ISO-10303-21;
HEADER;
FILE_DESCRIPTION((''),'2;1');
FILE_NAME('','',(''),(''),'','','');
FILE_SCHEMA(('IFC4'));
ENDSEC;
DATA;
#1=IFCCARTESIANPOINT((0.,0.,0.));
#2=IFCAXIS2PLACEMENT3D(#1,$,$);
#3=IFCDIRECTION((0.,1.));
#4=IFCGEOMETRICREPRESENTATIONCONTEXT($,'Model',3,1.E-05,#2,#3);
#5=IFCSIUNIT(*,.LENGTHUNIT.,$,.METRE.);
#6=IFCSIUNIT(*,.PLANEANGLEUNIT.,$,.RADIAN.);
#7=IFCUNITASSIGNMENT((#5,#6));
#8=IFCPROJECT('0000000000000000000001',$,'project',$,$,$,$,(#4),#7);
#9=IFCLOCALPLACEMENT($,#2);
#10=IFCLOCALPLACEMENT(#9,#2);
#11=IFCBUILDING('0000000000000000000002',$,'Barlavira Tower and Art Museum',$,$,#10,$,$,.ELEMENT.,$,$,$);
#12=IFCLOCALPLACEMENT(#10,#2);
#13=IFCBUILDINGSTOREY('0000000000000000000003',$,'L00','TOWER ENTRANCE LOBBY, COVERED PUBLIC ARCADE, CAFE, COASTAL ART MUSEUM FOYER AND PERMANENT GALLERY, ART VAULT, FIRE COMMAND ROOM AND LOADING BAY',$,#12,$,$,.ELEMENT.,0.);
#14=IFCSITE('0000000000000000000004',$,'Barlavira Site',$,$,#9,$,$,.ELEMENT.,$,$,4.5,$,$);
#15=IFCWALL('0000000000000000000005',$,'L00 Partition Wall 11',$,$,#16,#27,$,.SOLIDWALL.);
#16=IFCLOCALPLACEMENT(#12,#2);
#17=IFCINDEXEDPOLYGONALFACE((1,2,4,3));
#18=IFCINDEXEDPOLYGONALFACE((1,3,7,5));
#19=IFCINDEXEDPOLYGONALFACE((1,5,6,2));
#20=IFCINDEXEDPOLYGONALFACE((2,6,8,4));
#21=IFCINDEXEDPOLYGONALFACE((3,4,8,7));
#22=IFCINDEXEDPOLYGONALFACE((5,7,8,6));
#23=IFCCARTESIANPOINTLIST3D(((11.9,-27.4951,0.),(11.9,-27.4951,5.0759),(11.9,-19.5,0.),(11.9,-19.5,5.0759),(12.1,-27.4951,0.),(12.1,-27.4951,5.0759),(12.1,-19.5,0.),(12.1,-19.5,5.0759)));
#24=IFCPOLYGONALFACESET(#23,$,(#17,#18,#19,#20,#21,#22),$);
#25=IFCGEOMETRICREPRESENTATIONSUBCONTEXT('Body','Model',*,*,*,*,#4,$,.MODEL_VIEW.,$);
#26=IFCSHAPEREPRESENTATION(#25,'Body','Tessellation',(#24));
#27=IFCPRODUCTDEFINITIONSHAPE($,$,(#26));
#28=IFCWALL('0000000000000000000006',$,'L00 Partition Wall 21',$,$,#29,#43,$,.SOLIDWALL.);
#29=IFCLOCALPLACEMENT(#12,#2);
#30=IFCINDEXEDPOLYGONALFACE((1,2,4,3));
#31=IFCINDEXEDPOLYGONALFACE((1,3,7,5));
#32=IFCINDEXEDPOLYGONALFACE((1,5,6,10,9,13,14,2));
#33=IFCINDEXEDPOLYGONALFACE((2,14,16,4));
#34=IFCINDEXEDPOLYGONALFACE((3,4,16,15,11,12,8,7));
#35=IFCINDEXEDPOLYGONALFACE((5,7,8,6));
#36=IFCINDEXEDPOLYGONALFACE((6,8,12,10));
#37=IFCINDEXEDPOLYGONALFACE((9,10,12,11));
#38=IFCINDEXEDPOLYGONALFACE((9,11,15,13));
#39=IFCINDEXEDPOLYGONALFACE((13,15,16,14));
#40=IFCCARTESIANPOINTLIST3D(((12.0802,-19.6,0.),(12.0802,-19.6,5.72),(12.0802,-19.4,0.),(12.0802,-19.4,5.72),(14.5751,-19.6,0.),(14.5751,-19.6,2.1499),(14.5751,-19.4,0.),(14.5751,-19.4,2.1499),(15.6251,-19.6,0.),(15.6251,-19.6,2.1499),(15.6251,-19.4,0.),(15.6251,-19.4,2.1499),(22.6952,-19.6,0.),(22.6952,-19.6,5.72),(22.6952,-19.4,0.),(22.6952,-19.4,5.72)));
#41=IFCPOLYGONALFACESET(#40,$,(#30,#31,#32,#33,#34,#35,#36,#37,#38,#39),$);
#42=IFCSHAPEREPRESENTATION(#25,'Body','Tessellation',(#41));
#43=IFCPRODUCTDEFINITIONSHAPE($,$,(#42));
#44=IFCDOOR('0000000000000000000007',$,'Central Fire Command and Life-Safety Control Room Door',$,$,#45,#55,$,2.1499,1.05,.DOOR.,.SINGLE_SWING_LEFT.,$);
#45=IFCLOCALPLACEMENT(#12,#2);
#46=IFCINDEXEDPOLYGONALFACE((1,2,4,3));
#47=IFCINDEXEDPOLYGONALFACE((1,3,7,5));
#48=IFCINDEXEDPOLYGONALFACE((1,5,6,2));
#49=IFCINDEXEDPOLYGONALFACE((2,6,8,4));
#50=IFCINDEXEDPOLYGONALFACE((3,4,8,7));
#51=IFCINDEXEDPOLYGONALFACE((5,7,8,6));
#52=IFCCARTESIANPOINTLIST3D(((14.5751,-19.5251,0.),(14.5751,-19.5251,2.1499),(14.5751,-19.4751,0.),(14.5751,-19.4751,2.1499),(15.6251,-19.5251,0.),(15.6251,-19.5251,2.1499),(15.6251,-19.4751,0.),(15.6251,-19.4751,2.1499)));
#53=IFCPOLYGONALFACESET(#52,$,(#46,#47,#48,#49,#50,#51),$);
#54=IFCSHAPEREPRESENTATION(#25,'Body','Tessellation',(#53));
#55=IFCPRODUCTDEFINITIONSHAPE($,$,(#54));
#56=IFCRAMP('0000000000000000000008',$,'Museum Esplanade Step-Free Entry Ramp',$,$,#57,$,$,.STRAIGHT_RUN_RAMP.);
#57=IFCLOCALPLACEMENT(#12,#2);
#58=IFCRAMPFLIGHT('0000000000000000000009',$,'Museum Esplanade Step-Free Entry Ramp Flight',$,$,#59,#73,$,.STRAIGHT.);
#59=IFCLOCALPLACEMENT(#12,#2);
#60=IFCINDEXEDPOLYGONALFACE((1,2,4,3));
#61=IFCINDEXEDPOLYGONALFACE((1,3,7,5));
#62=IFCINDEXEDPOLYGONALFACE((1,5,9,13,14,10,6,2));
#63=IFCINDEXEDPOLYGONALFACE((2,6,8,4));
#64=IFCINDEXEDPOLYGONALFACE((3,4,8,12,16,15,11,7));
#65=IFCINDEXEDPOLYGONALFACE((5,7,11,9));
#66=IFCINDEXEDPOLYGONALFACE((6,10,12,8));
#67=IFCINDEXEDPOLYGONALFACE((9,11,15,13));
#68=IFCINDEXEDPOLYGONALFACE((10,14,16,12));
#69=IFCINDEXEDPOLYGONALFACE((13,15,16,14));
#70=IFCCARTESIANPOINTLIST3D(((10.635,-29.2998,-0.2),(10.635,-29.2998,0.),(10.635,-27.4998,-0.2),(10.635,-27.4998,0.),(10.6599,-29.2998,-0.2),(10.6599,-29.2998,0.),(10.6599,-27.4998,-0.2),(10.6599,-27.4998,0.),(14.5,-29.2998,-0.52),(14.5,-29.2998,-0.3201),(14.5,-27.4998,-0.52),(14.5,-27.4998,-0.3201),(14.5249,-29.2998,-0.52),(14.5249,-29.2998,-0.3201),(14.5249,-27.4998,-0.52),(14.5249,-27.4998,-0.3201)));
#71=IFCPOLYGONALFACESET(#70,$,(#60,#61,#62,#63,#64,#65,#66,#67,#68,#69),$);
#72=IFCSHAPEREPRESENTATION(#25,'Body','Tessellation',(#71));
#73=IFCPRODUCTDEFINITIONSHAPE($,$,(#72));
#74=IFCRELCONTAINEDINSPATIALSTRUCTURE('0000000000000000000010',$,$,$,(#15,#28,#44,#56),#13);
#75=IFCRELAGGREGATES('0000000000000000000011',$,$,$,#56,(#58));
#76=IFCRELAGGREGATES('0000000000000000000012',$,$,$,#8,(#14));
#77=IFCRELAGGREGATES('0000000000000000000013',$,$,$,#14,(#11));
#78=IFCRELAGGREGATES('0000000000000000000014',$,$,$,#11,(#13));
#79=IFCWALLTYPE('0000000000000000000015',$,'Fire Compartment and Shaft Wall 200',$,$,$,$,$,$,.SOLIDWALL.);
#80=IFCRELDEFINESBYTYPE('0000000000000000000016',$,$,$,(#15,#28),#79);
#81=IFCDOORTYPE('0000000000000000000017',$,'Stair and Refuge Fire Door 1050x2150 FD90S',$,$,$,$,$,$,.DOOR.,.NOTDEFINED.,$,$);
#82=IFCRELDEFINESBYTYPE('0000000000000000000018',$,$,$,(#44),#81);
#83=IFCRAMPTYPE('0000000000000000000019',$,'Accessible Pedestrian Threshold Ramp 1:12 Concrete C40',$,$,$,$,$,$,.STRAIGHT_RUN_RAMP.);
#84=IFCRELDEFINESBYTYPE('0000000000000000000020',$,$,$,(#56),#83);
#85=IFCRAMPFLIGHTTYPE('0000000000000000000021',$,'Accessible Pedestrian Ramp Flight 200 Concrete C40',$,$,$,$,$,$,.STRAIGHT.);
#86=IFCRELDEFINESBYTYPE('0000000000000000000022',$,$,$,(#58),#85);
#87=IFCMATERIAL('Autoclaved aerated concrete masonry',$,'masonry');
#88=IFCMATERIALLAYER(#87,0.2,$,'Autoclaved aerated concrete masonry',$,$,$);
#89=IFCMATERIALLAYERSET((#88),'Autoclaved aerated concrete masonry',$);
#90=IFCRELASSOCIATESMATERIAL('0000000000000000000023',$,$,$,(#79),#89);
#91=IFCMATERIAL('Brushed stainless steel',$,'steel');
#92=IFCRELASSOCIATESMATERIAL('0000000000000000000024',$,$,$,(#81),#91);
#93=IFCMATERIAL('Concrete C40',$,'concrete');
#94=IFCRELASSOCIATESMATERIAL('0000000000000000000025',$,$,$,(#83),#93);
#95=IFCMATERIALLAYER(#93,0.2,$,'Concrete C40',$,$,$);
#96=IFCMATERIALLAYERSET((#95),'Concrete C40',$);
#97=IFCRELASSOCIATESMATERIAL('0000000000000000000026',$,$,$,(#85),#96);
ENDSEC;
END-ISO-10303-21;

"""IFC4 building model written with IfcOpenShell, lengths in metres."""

from ifc_helpers import new_model, si_unit, direction, frame, frame_2d, origin, place, context, subcontext, project, spatial, polyline, rectangle, outline, extrude, material, layer, layer_set, type_object, element, fill, aggregate, save


model = new_model("IFC4")

# Units and contexts
model_context = context("Model", 3, precision=1e-05, world=origin(), true_north=direction((0.0, 1.0)))
body_context = subcontext(model_context, "Body", "Model", "MODEL_VIEW")
ifc_project = project(units=[si_unit("LENGTHUNIT", "METRE"), si_unit("PLANEANGLEUNIT", "RADIAN")], contexts=[model_context])

# Site, building, storey
site_placement = place(None, origin())
site = spatial("IfcSite", under=ifc_project, at=site_placement, Name="Barlavira Site", CompositionType="ELEMENT", RefElevation=4.5)
building_placement = place(site_placement, origin())
building = spatial("IfcBuilding", under=site, at=building_placement, Name="Barlavira Tower and Art Museum", CompositionType="ELEMENT")
storey_placement = place(building_placement, origin())
storey = spatial("IfcBuildingStorey", under=building, at=storey_placement, Name="L00", Description="TOWER ENTRANCE LOBBY, COVERED PUBLIC ARCADE, CAFE, COASTAL ART MUSEUM FOYER AND PERMANENT GALLERY, ART VAULT, FIRE COMMAND ROOM AND LOADING BAY", CompositionType="ELEMENT", Elevation=0.0)

# Shared definitions
ifc_material_1 = material(Name="Autoclaved aerated concrete masonry", Category="masonry")
ifc_layer_1 = layer(ifc_material_1, 0.2, Name="Autoclaved aerated concrete masonry")
ifc_layer_set_1 = layer_set([ifc_layer_1], Name="Autoclaved aerated concrete masonry")
wall_type = type_object("IfcWallType", Name="Fire Compartment and Shaft Wall 200", PredefinedType="SOLIDWALL", material=ifc_layer_set_1)
ifc_material_2 = material(Name="Brushed stainless steel", Category="steel")
door_type = type_object("IfcDoorType", Name="Stair and Refuge Fire Door 1050x2150 FD90S", OperationType="NOTDEFINED", PredefinedType="DOOR", material=ifc_material_2)

# Wall
wall_1_placement = place(storey_placement, frame((12.0, -27.4951, 0.0), z_axis=(0.0, 0.0, 1.0), x_axis=(0.0, 1.0, 0.0)))
element("IfcWall", 1, at=wall_1_placement, inside=storey, type_object=wall_type, Name="L00 Partition Wall 11", PredefinedType="SOLIDWALL", context=body_context, shape_type="SweptSolid", body=[
    extrude(rectangle(XDim=7.9951, YDim=0.2, at=frame_2d((3.9976, 0.0))), origin(), (0.0, 0.0, 1.0), 5.0759),
])

# Wall, opening, door
wall_2_placement = place(storey_placement, frame((12.0801, -19.5, 0.0), z_axis=(0.0, 0.0, 1.0), x_axis=(1.0, 0.0, 0.0)))
wall_2 = element("IfcWall", 2, at=wall_2_placement, inside=storey, type_object=wall_type, Name="L00 Partition Wall 21", PredefinedType="SOLIDWALL", context=body_context, shape_type="SweptSolid", body=[
    extrude(rectangle(XDim=10.615, YDim=0.2, at=frame_2d((5.3076, 0.0))), origin(), (0.0, 0.0, 1.0), 5.72),
])
opening_1_placement = place(wall_2_placement, frame((2.4951, 0.0, 0.0)))
opening_1 = element("IfcOpeningElement", 3, at=opening_1_placement, cuts=wall_2, PredefinedType="OPENING", context=body_context, shape_type="SweptSolid", body=[
    extrude(rectangle(XDim=1.05, YDim=2.1499, at=frame_2d((0.5249, 1.075))), frame((0.0, 0.1099, 0.0), z_axis=(0.0, -1.0, 0.0), x_axis=(1.0, 0.0, 0.0)), (0.0, 0.0, 1.0), 0.22),
])
door_1_placement = place(opening_1_placement, origin())
door_1 = element("IfcDoor", 4, at=door_1_placement, inside=storey, type_object=door_type, Name="Central Fire Command and Life-Safety Control Room Door", OperationType="SINGLE_SWING_LEFT", OverallHeight=2.1499, OverallWidth=1.05, PredefinedType="DOOR", context=body_context, shape_type="SweptSolid", body=[
    extrude(rectangle(XDim=1.05, YDim=2.1499, at=frame_2d((0.5249, 1.075))), frame((0.0, 0.0249, 0.0), z_axis=(0.0, -1.0, 0.0), x_axis=(1.0, 0.0, 0.0)), (0.0, 0.0, 1.0), 0.05),
])
fill(opening_1, door_1)

# Ramp, ramp flight
ifc_material_3 = material(Name="Concrete C40", Category="concrete")
ramp_type = type_object("IfcRampType", Name="Accessible Pedestrian Threshold Ramp 1:12 Concrete C40", PredefinedType="STRAIGHT_RUN_RAMP", material=ifc_material_3)
ramp_placement = place(storey_placement, origin())
ramp = element("IfcRamp", 5, at=ramp_placement, inside=storey, type_object=ramp_type, Name="Museum Esplanade Step-Free Entry Ramp", PredefinedType="STRAIGHT_RUN_RAMP")
ifc_layer_2 = layer(ifc_material_3, 0.2, Name="Concrete C40")
ifc_layer_set_2 = layer_set([ifc_layer_2], Name="Concrete C40")
ramp_flight_type = type_object("IfcRampFlightType", Name="Accessible Pedestrian Ramp Flight 200 Concrete C40", PredefinedType="STRAIGHT", material=ifc_layer_set_2)
ramp_flight_placement = place(storey_placement, frame((14.5, -28.3999, -0.3201), z_axis=(0.0, 0.0, 1.0), x_axis=(-1.0, 0.0, 0.0)))
ramp_flight = element("IfcRampFlight", 6, at=ramp_flight_placement, type_object=ramp_flight_type, Name="Museum Esplanade Step-Free Entry Ramp Flight", PredefinedType="STRAIGHT", context=body_context, shape_type="SweptSolid", body=[
    extrude(outline(polyline([(-0.0249, 0.0), (0.0, 0.0), (3.8401, 0.3201), (3.865, 0.3201), (3.865, 0.1201), (3.8401, 0.1201), (0.0, -0.2), (-0.0249, -0.2), (-0.0249, 0.0)])), frame((0.0, 0.8999, 0.0), z_axis=(0.0, -1.0, 0.0), x_axis=(1.0, 0.0, 0.0)), (0.0, 0.0, 1.0), 1.8),
])
aggregate(ramp, [ramp_flight])

save(model, "model.ifc")
